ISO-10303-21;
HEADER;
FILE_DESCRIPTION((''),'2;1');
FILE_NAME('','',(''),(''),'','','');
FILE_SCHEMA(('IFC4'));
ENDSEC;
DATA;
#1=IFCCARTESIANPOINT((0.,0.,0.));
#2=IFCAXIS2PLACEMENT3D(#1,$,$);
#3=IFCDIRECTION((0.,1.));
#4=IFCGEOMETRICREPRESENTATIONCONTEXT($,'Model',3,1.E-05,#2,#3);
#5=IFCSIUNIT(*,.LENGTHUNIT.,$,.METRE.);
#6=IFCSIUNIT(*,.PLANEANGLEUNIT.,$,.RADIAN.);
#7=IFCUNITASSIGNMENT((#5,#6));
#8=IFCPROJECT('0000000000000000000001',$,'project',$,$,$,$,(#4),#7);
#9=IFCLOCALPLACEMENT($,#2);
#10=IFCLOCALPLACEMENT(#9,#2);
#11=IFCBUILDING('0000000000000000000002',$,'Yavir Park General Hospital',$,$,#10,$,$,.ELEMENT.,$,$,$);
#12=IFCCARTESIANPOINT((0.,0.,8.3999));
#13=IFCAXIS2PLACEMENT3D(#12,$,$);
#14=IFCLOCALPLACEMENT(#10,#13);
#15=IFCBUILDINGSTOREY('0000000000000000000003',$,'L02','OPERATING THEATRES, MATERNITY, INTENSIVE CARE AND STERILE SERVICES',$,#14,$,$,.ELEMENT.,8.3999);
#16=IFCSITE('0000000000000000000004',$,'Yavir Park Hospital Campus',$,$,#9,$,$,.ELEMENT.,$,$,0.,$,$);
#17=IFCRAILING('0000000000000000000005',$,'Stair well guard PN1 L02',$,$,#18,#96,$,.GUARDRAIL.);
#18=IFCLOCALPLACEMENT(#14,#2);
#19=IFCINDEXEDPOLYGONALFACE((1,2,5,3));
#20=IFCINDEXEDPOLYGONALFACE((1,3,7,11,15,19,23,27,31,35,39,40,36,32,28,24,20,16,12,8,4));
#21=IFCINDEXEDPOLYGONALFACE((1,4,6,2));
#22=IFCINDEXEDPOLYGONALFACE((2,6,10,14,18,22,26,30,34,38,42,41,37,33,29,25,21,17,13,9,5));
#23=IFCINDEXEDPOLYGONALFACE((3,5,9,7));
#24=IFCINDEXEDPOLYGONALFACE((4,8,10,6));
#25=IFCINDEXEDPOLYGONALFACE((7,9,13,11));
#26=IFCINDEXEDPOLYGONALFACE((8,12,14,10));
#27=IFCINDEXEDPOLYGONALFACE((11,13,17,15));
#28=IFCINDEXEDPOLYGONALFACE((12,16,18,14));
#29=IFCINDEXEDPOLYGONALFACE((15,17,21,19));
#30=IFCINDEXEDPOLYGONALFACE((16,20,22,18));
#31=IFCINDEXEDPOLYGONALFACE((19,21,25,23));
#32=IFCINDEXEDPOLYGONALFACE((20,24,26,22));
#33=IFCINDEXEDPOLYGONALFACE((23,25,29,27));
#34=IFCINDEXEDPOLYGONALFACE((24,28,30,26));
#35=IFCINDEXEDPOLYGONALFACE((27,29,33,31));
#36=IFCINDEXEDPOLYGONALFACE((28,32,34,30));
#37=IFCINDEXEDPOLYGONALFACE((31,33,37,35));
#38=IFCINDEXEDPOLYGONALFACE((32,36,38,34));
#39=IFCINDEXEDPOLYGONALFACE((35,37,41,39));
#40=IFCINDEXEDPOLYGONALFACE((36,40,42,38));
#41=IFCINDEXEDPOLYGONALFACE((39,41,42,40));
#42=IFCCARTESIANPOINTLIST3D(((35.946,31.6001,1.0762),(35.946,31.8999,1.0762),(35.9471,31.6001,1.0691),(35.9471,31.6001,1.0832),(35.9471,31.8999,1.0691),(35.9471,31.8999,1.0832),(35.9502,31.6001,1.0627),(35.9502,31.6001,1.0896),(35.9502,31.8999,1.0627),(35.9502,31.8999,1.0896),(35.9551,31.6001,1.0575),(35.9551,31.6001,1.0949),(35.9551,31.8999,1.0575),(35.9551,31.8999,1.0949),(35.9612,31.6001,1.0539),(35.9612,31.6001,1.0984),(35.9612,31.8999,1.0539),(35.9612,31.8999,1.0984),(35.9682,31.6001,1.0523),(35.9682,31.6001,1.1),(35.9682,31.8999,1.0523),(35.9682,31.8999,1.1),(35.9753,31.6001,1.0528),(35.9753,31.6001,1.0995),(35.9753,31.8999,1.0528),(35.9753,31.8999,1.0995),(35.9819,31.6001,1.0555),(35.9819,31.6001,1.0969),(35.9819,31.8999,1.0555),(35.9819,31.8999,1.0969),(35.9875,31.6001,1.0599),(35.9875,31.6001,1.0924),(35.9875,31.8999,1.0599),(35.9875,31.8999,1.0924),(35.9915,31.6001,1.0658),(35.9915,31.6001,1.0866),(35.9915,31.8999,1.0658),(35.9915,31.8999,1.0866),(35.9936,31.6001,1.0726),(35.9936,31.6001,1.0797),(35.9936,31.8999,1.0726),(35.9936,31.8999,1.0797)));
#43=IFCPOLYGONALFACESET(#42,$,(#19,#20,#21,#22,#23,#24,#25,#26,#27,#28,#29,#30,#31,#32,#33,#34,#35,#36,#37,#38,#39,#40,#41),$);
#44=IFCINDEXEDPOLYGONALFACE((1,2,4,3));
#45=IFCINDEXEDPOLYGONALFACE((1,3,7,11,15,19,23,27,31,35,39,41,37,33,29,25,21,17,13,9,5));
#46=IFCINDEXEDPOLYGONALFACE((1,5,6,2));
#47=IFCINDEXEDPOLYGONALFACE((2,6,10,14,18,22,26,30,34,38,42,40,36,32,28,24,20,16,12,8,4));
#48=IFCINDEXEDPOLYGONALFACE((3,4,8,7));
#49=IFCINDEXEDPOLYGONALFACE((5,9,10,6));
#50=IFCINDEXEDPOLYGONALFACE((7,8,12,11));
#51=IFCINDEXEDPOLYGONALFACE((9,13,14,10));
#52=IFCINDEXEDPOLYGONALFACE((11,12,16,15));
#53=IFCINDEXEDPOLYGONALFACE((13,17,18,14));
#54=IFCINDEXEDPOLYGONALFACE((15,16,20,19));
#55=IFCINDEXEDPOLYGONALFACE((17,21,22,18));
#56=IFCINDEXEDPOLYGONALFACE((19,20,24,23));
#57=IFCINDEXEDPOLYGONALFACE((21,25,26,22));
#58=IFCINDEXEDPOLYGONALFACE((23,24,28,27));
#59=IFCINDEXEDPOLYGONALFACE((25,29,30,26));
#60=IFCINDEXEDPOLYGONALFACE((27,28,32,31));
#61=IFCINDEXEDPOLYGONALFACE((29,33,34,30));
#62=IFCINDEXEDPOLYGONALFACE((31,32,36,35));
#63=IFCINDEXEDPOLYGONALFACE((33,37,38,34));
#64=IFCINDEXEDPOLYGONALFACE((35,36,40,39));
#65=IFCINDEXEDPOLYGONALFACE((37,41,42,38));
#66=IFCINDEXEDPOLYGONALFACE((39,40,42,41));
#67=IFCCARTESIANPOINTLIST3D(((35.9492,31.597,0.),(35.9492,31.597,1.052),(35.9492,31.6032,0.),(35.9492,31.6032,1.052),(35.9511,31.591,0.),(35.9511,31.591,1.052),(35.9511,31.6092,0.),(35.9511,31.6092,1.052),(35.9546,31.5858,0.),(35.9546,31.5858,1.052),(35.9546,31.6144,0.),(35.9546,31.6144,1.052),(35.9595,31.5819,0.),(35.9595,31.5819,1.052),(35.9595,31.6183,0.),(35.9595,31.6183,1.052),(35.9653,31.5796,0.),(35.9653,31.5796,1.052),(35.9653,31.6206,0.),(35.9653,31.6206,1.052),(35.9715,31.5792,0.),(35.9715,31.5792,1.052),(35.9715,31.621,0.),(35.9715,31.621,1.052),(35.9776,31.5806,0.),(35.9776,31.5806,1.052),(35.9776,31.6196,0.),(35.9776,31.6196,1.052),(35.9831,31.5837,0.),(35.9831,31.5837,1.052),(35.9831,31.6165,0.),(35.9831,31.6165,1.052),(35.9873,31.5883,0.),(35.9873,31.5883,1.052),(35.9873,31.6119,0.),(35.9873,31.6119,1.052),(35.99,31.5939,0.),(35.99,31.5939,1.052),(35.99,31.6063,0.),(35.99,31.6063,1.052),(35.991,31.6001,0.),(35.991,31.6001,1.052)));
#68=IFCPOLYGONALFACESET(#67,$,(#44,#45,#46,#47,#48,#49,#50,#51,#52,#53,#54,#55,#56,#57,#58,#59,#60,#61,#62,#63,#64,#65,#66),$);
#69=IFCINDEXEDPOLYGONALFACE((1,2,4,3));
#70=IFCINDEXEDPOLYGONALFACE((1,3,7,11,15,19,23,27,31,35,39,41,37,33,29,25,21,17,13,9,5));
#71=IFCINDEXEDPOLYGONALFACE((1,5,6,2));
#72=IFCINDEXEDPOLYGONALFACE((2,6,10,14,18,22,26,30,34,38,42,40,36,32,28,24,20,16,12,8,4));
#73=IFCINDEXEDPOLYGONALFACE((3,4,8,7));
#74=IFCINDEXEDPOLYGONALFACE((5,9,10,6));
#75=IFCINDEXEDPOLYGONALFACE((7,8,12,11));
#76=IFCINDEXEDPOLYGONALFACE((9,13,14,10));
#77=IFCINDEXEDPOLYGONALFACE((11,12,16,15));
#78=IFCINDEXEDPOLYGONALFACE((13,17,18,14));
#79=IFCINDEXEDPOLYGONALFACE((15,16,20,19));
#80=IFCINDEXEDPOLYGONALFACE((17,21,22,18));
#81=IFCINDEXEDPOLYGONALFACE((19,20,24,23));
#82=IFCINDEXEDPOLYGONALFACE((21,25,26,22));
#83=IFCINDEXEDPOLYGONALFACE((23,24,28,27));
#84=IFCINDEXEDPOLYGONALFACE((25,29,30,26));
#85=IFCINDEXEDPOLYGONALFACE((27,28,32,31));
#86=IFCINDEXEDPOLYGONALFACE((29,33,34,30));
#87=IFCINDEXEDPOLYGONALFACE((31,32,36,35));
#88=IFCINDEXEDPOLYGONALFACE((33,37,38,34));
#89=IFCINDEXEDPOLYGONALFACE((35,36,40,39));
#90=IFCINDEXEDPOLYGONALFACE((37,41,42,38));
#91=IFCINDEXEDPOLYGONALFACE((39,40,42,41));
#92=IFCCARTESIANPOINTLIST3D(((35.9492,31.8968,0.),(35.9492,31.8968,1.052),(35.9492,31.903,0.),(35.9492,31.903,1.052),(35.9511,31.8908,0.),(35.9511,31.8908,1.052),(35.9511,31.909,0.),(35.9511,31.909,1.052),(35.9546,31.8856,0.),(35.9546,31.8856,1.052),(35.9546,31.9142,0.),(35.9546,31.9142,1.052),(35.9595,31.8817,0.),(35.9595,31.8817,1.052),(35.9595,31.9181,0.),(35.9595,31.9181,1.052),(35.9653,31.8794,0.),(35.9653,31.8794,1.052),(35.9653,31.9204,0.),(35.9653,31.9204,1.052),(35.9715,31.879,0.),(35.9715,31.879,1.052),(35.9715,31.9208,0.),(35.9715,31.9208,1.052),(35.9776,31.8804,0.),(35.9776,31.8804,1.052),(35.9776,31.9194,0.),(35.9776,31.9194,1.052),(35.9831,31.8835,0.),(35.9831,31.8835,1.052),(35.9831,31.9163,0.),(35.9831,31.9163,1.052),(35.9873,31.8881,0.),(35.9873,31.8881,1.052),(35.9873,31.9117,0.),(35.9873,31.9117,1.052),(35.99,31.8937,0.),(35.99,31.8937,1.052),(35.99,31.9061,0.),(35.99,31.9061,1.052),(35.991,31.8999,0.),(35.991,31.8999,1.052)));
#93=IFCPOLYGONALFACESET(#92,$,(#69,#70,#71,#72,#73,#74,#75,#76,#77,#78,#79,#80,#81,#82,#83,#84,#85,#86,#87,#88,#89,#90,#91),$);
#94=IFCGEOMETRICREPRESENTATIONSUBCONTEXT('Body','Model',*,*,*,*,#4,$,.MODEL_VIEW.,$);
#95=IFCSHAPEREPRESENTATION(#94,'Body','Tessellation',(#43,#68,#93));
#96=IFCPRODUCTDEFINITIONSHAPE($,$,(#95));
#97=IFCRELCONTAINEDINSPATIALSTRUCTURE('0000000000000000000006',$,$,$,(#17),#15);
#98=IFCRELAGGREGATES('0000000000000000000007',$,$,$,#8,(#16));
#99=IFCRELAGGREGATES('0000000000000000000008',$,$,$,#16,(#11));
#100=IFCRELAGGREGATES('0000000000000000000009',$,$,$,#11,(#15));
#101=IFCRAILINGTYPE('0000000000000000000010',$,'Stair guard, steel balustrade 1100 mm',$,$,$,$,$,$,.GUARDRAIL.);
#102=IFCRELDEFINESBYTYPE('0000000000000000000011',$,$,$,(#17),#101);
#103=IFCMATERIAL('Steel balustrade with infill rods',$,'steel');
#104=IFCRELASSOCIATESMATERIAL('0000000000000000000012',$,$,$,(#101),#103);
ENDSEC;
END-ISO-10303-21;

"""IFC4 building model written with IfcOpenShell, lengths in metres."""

from ifc_helpers import new_model, si_unit, direction, frame, origin, origin_2d, place, context, subcontext, project, spatial, circle, extrude, material, type_object, element, save


model = new_model("IFC4")

# Units and contexts
model_context = context("Model", 3, precision=1e-05, world=origin(), true_north=direction((0.0, 1.0)))
body_context = subcontext(model_context, "Body", "Model", "MODEL_VIEW")
ifc_project = project(units=[si_unit("LENGTHUNIT", "METRE"), si_unit("PLANEANGLEUNIT", "RADIAN")], contexts=[model_context])

# Site, building, storey
site_placement = place(None, origin())
site = spatial("IfcSite", under=ifc_project, at=site_placement, Name="Yavir Park Hospital Campus", CompositionType="ELEMENT", RefElevation=0.0)
building_placement = place(site_placement, origin())
building = spatial("IfcBuilding", under=site, at=building_placement, Name="Yavir Park General Hospital", CompositionType="ELEMENT")
storey_placement = place(building_placement, frame((0.0, 0.0, 8.3999)))
storey = spatial("IfcBuildingStorey", under=building, at=storey_placement, Name="L02", Description="OPERATING THEATRES, MATERNITY, INTENSIVE CARE AND STERILE SERVICES", CompositionType="ELEMENT", Elevation=8.3999)

# Railing
ifc_material_1 = material(Name="Steel balustrade with infill rods", Category="steel")
railing_type_1 = type_object("IfcRailingType", Name="Stair guard, steel balustrade 1100 mm", PredefinedType="GUARDRAIL", material=ifc_material_1)
railing_placement = place(storey_placement, frame((35.97, 31.6001, 0.0)))
element("IfcRailing", 1, at=railing_placement, inside=storey, type_object=railing_type_1, Name="Stair well guard PN1 L02", PredefinedType="GUARDRAIL", context=body_context, shape_type="SweptSolid", body=[
    extrude(circle(Radius=0.0239, at=origin_2d()), frame((0.0, 0.0, 1.0762), z_axis=(0.0, 1.0, 0.0), x_axis=(-1.0, 0.0, 0.0)), (0.0, 0.0, 1.0), 0.2998),
    extrude(circle(Radius=0.021, at=origin_2d()), origin(), (0.0, 0.0, 1.0), 1.052),
    extrude(circle(Radius=0.021, at=origin_2d()), frame((0.0, 0.2998, 0.0)), (0.0, 0.0, 1.0), 1.052),
])

save(model, "model.ifc")
